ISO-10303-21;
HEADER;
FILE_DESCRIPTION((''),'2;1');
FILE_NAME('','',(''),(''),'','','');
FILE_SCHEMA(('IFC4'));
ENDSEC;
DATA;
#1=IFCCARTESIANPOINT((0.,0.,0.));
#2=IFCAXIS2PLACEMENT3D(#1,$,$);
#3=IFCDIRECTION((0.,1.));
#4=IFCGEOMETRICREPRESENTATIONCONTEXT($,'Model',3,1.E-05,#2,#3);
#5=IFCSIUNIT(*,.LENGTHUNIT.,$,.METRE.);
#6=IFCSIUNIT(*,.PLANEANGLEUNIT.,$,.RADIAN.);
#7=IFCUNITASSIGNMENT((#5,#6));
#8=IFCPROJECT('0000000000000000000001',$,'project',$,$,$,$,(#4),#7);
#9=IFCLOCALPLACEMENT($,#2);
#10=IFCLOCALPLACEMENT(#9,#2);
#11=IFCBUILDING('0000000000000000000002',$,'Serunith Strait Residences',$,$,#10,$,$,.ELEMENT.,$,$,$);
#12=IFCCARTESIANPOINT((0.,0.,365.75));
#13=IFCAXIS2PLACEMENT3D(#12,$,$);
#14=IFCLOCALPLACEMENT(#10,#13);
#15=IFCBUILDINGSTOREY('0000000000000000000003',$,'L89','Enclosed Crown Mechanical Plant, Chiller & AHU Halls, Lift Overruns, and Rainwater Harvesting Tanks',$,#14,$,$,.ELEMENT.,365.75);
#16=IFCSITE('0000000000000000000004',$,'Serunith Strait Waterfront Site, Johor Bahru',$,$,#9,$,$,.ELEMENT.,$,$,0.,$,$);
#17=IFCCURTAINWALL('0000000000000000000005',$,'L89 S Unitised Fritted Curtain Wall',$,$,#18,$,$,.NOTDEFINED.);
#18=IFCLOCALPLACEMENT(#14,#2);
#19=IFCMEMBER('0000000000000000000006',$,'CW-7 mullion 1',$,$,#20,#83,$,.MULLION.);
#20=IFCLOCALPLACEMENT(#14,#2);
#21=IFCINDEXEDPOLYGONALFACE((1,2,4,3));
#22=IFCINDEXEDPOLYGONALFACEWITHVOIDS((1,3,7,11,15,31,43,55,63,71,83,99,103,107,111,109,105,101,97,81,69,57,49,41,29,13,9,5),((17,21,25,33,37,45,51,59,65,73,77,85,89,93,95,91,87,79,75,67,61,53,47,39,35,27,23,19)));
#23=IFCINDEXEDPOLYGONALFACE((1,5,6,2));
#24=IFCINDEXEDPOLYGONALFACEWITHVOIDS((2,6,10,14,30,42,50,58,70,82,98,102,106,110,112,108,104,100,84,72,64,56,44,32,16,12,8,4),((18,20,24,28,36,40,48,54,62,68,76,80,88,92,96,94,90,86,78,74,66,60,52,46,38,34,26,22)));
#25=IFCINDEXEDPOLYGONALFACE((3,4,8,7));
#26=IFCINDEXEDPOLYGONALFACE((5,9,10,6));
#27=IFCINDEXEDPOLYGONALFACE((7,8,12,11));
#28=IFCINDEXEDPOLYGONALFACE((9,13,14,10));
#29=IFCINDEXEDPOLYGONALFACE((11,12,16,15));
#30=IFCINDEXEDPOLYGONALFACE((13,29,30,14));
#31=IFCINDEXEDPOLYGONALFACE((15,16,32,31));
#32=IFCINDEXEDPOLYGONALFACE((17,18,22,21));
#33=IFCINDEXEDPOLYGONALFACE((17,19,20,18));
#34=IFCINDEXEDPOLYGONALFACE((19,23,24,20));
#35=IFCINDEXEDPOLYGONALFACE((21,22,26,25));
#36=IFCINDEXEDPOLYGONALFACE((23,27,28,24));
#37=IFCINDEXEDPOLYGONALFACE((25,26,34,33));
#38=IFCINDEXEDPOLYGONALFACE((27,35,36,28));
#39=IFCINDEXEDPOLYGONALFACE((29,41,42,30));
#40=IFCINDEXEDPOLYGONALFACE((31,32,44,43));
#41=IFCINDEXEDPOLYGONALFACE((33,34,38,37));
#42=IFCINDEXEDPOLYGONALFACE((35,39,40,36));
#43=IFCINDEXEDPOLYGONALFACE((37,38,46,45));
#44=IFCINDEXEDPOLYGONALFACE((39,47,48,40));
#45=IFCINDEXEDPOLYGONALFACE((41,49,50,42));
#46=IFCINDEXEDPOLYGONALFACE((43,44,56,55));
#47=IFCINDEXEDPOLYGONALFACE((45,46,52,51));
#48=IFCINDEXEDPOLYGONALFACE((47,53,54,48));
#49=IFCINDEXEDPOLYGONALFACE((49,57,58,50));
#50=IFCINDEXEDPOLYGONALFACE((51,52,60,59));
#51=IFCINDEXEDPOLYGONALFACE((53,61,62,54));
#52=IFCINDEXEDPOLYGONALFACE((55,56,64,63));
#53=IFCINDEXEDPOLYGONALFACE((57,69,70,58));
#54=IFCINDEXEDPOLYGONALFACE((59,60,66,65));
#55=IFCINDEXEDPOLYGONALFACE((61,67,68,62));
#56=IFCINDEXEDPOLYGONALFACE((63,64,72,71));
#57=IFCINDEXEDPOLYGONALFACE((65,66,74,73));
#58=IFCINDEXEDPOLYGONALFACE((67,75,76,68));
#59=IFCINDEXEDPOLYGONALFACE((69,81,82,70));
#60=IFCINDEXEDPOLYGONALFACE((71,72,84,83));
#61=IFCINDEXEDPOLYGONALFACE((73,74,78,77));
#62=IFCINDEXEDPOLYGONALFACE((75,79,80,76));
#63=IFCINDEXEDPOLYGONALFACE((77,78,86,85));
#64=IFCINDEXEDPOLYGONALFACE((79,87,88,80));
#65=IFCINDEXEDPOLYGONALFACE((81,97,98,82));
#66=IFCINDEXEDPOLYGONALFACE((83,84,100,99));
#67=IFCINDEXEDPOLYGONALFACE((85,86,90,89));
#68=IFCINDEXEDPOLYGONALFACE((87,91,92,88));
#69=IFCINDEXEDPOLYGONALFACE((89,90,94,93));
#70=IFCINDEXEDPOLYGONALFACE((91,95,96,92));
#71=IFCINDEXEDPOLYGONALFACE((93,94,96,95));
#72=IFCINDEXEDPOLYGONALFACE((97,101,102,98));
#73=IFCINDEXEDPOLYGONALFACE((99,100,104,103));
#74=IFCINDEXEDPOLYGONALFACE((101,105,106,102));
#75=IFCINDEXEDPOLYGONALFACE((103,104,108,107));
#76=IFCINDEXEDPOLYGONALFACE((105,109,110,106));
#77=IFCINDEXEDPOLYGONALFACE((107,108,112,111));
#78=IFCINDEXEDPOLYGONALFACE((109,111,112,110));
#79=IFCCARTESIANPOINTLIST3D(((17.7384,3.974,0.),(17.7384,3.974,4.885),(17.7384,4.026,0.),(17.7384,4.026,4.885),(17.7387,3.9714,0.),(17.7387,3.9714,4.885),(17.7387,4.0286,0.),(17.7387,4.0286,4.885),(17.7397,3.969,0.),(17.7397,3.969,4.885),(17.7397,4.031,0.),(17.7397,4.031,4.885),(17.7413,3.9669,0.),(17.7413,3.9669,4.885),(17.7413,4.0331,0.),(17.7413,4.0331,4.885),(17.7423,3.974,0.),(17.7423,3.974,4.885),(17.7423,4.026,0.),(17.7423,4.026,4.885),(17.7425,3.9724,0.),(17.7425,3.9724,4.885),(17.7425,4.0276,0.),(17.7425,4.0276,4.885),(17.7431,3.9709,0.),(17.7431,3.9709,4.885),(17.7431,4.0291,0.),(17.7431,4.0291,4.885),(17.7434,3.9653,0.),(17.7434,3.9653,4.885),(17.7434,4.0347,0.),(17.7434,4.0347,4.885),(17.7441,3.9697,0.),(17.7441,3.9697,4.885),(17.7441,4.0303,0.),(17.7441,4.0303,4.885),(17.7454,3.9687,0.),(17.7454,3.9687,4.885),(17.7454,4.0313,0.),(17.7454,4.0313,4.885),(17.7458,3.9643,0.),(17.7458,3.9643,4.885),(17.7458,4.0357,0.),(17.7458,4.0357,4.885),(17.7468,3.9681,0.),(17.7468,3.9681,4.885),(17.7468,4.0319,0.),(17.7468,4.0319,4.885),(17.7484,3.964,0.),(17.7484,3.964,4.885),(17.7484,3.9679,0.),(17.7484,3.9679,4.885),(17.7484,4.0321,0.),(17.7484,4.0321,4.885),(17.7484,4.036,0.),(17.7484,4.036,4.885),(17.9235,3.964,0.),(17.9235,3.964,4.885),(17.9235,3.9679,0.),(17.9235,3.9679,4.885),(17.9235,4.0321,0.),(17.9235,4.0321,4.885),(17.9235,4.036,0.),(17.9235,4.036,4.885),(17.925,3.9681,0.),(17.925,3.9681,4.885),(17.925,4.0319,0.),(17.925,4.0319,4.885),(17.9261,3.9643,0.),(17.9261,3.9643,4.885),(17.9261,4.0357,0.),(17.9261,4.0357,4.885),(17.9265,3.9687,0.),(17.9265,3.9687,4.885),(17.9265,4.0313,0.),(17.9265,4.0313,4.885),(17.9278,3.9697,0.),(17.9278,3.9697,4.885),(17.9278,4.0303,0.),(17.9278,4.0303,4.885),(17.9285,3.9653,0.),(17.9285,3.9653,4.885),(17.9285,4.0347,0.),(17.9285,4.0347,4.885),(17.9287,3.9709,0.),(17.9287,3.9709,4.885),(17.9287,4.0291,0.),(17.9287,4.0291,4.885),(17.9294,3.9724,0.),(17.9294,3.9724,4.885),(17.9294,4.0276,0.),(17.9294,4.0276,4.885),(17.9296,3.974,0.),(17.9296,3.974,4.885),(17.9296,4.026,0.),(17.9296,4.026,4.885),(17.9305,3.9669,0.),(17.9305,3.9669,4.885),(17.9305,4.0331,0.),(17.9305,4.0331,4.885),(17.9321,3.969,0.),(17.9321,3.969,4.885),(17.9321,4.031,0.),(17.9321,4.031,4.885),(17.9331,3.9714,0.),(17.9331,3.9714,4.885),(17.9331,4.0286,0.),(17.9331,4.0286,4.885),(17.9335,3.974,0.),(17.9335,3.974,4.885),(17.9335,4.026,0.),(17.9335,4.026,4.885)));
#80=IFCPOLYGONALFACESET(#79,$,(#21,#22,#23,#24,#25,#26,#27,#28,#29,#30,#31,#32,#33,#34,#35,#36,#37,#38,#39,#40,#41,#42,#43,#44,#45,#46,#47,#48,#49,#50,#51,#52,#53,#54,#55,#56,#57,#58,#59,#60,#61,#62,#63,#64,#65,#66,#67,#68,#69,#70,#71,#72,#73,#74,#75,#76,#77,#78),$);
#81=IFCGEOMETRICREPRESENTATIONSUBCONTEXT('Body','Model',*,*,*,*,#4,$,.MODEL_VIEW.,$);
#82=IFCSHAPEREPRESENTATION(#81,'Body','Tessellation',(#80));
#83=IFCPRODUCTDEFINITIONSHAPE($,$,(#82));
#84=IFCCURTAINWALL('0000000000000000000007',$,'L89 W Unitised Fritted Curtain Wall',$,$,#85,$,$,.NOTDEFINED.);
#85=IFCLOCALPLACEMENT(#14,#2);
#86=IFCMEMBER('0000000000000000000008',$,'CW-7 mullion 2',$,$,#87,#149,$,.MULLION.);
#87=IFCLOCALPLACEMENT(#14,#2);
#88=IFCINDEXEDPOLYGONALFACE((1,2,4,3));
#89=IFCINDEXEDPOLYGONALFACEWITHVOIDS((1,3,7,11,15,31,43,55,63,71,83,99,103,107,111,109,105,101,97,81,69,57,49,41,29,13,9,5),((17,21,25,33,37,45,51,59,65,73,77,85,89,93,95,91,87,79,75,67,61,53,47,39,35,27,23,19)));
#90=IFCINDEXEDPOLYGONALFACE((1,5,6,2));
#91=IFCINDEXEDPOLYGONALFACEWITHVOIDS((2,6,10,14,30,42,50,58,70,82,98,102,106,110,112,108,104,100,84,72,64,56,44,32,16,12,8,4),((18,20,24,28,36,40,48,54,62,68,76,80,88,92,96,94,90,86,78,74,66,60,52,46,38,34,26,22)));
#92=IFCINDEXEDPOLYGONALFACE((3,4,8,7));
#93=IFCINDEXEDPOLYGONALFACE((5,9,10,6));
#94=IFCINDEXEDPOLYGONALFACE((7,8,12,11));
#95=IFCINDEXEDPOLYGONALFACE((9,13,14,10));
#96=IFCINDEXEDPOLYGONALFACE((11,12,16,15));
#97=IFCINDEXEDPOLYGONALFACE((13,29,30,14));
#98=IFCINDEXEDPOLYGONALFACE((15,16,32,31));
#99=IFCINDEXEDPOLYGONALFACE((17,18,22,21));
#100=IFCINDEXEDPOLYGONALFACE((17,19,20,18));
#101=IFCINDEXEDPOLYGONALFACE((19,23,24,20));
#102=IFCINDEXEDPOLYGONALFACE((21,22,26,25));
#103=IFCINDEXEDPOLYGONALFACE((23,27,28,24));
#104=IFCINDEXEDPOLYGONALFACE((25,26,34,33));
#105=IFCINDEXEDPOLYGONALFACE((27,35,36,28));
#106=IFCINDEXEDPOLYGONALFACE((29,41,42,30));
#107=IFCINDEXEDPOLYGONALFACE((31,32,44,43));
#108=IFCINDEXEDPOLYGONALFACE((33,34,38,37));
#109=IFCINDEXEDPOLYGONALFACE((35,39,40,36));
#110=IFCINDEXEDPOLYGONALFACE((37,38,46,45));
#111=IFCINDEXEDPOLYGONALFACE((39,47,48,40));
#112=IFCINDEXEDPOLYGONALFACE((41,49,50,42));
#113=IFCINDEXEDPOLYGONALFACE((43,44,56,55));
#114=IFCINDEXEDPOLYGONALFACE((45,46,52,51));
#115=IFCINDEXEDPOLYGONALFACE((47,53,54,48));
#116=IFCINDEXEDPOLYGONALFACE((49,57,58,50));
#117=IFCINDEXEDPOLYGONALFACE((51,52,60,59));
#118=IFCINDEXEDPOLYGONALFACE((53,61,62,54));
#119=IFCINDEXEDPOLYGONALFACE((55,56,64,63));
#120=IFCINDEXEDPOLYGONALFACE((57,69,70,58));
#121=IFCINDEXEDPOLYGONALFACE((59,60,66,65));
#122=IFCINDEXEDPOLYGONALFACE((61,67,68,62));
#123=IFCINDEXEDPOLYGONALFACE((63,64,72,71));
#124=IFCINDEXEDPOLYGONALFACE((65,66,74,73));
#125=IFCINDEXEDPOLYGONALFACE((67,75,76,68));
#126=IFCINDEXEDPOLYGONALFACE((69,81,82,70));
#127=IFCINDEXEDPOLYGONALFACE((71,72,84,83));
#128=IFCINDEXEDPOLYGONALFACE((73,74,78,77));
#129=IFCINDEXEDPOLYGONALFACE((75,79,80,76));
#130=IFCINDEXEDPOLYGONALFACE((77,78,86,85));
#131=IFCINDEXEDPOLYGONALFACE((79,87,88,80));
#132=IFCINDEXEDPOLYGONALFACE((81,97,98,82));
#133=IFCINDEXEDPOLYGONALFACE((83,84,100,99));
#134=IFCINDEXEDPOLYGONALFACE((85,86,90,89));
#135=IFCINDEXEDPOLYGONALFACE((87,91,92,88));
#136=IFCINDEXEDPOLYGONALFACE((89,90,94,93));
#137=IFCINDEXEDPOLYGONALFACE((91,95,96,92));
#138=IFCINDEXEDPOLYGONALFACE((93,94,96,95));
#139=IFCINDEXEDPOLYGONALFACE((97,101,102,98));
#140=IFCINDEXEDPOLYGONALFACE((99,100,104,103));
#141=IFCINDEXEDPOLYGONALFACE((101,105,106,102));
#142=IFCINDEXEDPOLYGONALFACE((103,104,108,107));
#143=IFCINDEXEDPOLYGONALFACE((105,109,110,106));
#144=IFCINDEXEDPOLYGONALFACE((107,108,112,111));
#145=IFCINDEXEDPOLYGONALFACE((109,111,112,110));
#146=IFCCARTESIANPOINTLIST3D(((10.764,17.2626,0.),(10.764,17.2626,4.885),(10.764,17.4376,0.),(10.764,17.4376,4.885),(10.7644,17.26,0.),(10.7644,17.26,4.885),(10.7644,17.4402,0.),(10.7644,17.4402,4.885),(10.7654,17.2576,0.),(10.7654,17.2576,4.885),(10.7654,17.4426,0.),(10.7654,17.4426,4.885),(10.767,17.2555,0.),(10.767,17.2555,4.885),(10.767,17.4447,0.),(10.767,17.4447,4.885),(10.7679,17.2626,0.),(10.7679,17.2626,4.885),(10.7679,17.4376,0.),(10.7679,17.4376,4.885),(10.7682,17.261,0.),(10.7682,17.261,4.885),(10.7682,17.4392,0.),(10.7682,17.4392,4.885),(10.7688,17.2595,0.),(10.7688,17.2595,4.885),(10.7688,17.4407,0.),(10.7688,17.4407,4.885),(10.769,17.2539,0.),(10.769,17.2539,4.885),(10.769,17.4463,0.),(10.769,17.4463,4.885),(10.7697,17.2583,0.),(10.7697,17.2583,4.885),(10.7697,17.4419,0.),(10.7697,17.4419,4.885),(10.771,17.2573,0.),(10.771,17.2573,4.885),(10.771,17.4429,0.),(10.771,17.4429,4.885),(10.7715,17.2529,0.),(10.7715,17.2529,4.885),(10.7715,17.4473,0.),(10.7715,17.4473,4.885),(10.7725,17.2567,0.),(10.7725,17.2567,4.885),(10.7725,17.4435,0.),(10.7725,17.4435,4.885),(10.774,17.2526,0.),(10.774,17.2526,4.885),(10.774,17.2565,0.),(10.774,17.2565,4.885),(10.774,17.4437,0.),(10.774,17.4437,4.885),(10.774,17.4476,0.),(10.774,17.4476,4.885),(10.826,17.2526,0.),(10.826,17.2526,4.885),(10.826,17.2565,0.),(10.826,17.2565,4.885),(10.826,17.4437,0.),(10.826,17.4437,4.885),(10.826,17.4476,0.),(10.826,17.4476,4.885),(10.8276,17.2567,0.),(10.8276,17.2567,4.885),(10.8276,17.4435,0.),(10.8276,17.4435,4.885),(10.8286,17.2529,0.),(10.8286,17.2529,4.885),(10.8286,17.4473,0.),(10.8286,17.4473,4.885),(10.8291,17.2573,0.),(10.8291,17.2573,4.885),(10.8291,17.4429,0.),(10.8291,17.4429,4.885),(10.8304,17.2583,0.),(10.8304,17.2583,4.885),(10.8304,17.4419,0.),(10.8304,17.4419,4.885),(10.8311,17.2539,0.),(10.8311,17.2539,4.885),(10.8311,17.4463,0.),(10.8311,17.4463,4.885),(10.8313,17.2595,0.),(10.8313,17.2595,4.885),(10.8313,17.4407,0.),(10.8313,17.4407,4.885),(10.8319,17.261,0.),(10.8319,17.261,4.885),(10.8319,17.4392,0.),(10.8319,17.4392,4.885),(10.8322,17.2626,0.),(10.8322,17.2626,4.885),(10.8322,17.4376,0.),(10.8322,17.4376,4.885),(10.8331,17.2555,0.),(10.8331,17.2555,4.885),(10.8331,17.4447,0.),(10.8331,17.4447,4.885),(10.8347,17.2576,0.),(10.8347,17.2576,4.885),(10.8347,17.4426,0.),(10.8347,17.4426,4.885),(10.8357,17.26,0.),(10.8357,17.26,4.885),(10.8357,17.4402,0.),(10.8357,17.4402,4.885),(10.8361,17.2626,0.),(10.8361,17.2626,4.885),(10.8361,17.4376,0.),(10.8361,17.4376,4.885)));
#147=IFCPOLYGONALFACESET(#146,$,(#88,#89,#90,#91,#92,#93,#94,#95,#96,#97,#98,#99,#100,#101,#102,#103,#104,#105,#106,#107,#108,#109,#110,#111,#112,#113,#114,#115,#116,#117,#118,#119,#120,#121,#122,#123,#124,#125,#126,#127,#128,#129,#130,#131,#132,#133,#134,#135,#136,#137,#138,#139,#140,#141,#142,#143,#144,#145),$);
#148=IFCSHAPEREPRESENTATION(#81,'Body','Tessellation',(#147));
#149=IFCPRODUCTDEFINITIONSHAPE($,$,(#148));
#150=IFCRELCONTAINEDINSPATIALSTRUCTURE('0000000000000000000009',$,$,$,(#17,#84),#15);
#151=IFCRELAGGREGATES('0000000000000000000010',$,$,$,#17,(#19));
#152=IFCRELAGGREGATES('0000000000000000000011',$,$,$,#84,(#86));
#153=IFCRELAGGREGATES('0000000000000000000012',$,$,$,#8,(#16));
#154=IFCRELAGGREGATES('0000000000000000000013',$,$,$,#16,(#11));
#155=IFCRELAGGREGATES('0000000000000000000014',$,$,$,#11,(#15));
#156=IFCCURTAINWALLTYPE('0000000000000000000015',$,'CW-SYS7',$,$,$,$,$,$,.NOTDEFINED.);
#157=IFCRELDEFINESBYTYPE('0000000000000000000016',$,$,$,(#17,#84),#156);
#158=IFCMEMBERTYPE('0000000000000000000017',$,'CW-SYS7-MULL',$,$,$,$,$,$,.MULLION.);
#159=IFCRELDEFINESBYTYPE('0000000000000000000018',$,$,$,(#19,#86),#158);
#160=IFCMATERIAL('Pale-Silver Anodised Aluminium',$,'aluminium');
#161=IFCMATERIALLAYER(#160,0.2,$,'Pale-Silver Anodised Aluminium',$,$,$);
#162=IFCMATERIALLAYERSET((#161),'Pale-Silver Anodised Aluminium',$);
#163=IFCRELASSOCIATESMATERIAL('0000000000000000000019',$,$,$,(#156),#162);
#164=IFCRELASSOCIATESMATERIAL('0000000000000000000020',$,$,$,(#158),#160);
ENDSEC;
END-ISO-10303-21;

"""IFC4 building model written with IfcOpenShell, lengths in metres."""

from ifc_helpers import new_model, si_unit, direction, frame, origin, origin_2d, place, context, subcontext, project, spatial, hollow_rectangle, extrude, source, transform, mapped, material, layer, layer_set, material_profile, profile_set, type_object, element, aggregate, save


model = new_model("IFC4")

# Units and contexts
model_context = context("Model", 3, precision=1e-05, world=origin(), true_north=direction((0.0, 1.0)))
body_context = subcontext(model_context, "Body", "Model", "MODEL_VIEW")
ifc_project = project(units=[si_unit("LENGTHUNIT", "METRE"), si_unit("PLANEANGLEUNIT", "RADIAN")], contexts=[model_context])

# Site, building, storey
site_placement = place(None, origin())
site = spatial("IfcSite", under=ifc_project, at=site_placement, Name="Serunith Strait Waterfront Site, Johor Bahru", CompositionType="ELEMENT", RefElevation=0.0)
building_placement = place(site_placement, origin())
building = spatial("IfcBuilding", under=site, at=building_placement, Name="Serunith Strait Residences", CompositionType="ELEMENT")
storey_placement = place(building_placement, frame((0.0, 0.0, 365.75)))
storey = spatial("IfcBuildingStorey", under=building, at=storey_placement, Name="L89", Description="Enclosed Crown Mechanical Plant, Chiller & AHU Halls, Lift Overruns, and Rainwater Harvesting Tanks", CompositionType="ELEMENT", Elevation=365.75)

# Curtain wall, member
ifc_material_1 = material(Name="Pale-Silver Anodised Aluminium", Category="aluminium")
ifc_layer_1 = layer(ifc_material_1, 0.2, Name="Pale-Silver Anodised Aluminium")
ifc_layer_set_1 = layer_set([ifc_layer_1], Name="Pale-Silver Anodised Aluminium")
curtain_wall_type = type_object("IfcCurtainWallType", Name="CW-SYS7", PredefinedType="NOTDEFINED", material=ifc_layer_set_1)
curtain_wall_1_placement = place(storey_placement, origin())
curtain_wall_1 = element("IfcCurtainWall", 1, at=curtain_wall_1_placement, inside=storey, type_object=curtain_wall_type, Name="L89 S Unitised Fritted Curtain Wall", PredefinedType="NOTDEFINED")
ifc_material_profile_1 = material_profile(ifc_material_1, hollow_rectangle(XDim=0.072, YDim=0.1951, WallThickness=0.0039, InnerFilletRadius=0.0061, OuterFilletRadius=0.01, at=origin_2d()), Name="ALU 195x72x4")
ifc_profile_set_1 = profile_set([ifc_material_profile_1], Name="Pale-Silver Anodised Aluminium")
member_type_1 = type_object("IfcMemberType", Name="CW-SYS7-MULL", PredefinedType="MULLION", material=ifc_profile_set_1)
shared_shape_1 = source(origin(), body_context, "Body", "SweptSolid", [
    extrude(hollow_rectangle(XDim=0.072, YDim=0.1951, WallThickness=0.0039, InnerFilletRadius=0.0061, OuterFilletRadius=0.01, at=origin_2d()), origin(), (0.0, 0.0, 1.0), 4.885),
])
member_1_placement = place(storey_placement, frame((17.8359, 4.0, 0.0), z_axis=(0.0, 0.0, 1.0), x_axis=(0.0, 1.0, 0.0)))
member_1 = element("IfcMember", 2, at=member_1_placement, type_object=member_type_1, Name="CW-7 mullion 1", PredefinedType="MULLION", context=body_context, shape_type="MappedRepresentation", body=[
    mapped(shared_shape_1, transform((0.0, 0.0, 0.0), scale=1.0)),
])

# Curtain wall, member
curtain_wall_2_placement = place(storey_placement, origin())
curtain_wall_2 = element("IfcCurtainWall", 3, at=curtain_wall_2_placement, inside=storey, type_object=curtain_wall_type, Name="L89 W Unitised Fritted Curtain Wall", PredefinedType="NOTDEFINED")
member_2_placement = place(storey_placement, frame((10.8, 17.3501, 0.0), z_axis=(0.0, 0.0, 1.0), x_axis=(1.0, 0.0, 0.0)))
member_2 = element("IfcMember", 4, at=member_2_placement, type_object=member_type_1, Name="CW-7 mullion 2", PredefinedType="MULLION", context=body_context, shape_type="MappedRepresentation", body=[
    mapped(shared_shape_1, transform((0.0, 0.0, 0.0), scale=1.0)),
])

aggregate(curtain_wall_1, [member_1])

aggregate(curtain_wall_2, [member_2])

save(model, "model.ifc")
